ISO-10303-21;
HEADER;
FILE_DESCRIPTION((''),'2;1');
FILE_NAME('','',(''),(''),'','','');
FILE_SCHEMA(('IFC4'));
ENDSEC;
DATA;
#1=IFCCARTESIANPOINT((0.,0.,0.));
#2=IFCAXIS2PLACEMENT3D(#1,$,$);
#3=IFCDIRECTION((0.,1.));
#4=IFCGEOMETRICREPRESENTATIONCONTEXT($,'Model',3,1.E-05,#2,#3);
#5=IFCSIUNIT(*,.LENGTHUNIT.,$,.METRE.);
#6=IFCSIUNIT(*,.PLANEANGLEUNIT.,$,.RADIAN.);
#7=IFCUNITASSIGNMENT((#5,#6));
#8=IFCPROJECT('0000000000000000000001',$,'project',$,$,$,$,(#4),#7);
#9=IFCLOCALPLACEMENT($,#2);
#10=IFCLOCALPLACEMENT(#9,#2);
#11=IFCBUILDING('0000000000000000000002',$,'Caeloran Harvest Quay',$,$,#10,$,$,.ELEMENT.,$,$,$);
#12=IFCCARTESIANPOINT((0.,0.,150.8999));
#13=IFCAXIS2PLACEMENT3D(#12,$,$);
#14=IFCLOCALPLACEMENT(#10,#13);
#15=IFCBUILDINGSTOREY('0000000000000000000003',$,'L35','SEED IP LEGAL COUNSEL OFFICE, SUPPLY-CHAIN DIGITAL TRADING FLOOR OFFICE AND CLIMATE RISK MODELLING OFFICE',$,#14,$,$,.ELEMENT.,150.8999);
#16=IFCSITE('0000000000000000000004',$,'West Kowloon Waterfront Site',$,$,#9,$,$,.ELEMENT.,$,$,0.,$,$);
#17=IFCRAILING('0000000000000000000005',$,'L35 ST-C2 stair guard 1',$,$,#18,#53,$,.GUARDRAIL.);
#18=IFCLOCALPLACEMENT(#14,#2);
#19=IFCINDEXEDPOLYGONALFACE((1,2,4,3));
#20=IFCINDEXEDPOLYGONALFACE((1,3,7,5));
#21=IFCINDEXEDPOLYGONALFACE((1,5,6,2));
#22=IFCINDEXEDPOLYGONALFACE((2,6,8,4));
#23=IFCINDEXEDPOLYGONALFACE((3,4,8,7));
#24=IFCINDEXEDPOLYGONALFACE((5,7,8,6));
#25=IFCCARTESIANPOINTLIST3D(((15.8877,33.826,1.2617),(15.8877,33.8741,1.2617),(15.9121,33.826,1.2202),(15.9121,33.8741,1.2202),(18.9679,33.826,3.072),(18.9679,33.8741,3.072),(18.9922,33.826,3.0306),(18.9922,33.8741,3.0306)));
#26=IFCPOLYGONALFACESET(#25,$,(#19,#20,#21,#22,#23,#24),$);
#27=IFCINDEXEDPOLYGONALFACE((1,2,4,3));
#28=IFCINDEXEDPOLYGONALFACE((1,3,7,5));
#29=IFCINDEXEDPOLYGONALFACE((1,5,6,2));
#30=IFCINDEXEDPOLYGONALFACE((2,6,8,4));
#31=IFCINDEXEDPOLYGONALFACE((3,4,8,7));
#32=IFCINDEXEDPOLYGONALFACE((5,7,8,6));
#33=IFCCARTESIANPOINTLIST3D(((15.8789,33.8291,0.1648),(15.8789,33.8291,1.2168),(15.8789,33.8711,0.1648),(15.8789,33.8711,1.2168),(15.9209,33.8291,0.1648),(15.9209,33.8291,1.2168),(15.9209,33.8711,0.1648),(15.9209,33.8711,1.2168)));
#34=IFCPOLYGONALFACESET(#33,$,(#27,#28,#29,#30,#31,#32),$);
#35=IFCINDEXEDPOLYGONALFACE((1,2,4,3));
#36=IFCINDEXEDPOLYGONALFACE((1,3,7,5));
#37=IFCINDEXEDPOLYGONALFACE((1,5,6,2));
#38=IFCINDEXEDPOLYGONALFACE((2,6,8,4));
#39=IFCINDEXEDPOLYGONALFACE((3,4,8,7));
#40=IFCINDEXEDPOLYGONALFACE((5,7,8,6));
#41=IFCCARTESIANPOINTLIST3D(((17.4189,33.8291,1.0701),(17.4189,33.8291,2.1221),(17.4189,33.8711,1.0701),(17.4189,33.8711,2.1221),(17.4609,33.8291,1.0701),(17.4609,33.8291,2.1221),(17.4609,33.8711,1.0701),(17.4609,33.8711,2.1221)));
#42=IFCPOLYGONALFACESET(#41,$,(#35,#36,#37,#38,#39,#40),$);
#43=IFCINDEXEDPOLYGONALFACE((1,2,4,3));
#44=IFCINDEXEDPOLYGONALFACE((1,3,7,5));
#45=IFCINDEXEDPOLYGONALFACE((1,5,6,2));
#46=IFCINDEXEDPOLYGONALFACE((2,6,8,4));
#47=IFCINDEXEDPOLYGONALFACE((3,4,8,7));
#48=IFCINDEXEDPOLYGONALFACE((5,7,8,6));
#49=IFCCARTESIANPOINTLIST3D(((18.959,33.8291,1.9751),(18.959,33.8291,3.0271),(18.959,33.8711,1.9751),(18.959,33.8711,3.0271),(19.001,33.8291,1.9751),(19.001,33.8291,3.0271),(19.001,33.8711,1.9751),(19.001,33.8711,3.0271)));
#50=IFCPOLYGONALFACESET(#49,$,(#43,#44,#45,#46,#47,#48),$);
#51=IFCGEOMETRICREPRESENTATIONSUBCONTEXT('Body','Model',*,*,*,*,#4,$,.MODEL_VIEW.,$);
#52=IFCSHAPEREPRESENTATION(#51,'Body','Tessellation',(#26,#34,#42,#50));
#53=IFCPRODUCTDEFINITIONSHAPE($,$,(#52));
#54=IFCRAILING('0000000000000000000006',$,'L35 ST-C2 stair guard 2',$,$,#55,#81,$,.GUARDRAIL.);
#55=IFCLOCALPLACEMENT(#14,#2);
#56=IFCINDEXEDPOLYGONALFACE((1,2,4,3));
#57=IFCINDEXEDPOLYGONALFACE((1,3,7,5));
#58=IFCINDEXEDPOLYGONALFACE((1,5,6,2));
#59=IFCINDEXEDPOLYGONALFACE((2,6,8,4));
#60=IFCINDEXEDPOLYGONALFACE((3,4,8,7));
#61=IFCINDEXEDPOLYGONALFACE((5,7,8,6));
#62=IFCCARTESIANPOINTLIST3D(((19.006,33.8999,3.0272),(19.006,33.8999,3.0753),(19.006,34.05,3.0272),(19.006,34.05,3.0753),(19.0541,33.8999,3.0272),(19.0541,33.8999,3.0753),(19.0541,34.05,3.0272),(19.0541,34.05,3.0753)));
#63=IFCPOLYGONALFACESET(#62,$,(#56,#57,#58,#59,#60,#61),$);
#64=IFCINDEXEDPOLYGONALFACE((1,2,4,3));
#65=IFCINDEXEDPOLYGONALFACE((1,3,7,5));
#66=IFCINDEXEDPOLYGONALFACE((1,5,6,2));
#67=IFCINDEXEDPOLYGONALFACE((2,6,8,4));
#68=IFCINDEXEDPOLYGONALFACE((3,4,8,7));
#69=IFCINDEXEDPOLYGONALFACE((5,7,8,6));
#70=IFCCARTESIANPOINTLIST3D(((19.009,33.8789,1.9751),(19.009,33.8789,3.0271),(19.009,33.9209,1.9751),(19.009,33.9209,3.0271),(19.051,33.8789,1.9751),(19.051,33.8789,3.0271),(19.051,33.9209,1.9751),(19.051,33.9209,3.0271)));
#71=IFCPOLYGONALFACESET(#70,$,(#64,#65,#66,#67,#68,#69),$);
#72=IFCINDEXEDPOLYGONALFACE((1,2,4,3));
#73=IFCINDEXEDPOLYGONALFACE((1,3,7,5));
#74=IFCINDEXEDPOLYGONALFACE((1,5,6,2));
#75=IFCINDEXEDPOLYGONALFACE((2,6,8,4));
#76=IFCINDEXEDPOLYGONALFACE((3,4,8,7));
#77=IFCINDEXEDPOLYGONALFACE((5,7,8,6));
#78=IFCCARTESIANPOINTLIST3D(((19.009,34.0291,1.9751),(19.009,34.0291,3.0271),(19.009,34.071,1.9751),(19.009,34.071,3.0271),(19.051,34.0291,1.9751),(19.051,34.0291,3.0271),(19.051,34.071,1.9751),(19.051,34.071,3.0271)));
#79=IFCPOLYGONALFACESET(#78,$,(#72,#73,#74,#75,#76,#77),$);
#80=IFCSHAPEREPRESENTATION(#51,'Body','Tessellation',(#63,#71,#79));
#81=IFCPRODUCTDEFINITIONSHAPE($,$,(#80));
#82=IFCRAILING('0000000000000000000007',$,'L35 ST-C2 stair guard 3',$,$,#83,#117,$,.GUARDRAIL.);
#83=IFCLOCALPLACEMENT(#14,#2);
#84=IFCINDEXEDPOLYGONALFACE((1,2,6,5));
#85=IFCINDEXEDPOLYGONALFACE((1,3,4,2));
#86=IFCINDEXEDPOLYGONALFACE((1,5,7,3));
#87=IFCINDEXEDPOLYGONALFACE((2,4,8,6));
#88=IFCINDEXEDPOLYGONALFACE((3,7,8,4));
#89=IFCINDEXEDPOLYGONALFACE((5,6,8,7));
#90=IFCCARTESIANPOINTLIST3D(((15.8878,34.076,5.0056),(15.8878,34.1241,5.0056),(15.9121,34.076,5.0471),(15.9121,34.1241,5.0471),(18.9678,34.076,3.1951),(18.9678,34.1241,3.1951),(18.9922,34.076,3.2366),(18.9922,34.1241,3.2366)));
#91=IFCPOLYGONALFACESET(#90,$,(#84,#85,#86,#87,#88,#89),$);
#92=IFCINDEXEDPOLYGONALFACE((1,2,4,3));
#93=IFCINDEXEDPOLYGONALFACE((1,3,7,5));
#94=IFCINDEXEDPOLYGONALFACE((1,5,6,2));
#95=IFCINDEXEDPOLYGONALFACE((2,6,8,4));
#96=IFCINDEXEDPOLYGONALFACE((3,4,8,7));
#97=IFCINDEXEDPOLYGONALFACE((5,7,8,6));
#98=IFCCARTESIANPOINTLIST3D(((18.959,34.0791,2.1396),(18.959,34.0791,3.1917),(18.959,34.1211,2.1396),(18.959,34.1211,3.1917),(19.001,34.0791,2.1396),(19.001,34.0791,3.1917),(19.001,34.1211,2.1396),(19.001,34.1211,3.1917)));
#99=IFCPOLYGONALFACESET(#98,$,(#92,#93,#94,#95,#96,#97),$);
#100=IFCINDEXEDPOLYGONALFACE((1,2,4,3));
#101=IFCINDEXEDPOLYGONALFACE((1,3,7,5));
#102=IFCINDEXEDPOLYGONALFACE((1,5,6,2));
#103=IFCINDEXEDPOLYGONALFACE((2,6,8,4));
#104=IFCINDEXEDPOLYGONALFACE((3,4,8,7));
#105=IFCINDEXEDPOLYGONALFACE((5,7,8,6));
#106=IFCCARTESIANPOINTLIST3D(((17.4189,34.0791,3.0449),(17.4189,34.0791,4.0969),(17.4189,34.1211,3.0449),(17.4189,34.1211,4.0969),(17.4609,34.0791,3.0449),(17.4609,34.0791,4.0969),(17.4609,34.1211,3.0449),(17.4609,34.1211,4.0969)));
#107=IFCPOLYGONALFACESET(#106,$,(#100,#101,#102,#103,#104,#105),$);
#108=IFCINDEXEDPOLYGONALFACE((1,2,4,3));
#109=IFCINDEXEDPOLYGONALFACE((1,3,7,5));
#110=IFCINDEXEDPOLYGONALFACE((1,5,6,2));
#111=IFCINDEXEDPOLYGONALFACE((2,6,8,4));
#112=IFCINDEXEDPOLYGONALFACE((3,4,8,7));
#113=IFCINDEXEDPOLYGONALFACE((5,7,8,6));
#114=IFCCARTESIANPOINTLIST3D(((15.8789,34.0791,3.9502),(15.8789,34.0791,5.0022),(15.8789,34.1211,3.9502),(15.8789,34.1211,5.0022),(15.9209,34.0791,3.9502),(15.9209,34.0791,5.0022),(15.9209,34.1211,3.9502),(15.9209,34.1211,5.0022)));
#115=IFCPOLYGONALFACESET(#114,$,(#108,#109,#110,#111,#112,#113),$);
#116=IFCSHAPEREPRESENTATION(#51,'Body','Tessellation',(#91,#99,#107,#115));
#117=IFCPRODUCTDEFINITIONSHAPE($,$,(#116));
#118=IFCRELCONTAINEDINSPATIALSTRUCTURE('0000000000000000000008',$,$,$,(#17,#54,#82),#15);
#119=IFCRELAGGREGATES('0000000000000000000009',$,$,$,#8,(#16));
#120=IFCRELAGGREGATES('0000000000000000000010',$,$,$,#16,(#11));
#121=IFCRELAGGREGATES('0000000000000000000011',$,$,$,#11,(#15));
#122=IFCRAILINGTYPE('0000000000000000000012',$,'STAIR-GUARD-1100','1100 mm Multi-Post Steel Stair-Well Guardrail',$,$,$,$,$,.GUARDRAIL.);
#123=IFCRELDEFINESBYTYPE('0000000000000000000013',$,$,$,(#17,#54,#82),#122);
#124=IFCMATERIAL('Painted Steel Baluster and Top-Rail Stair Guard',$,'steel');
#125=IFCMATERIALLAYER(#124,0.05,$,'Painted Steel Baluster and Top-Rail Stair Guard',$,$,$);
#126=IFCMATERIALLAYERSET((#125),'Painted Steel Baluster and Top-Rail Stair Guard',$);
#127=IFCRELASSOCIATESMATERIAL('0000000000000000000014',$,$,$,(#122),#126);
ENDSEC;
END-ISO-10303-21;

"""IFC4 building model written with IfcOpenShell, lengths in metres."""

from ifc_helpers import new_model, si_unit, direction, frame, origin, origin_2d, place, context, subcontext, project, spatial, rectangle, extrude, material, layer, layer_set, type_object, element, save


model = new_model("IFC4")

# Units and contexts
model_context = context("Model", 3, precision=1e-05, world=origin(), true_north=direction((0.0, 1.0)))
body_context = subcontext(model_context, "Body", "Model", "MODEL_VIEW")
ifc_project = project(units=[si_unit("LENGTHUNIT", "METRE"), si_unit("PLANEANGLEUNIT", "RADIAN")], contexts=[model_context])

# Site, building, storey
site_placement = place(None, origin())
site = spatial("IfcSite", under=ifc_project, at=site_placement, Name="West Kowloon Waterfront Site", CompositionType="ELEMENT", RefElevation=0.0)
building_placement = place(site_placement, origin())
building = spatial("IfcBuilding", under=site, at=building_placement, Name="Caeloran Harvest Quay", CompositionType="ELEMENT")
storey_placement = place(building_placement, frame((0.0, 0.0, 150.8999)))
storey = spatial("IfcBuildingStorey", under=building, at=storey_placement, Name="L35", Description="SEED IP LEGAL COUNSEL OFFICE, SUPPLY-CHAIN DIGITAL TRADING FLOOR OFFICE AND CLIMATE RISK MODELLING OFFICE", CompositionType="ELEMENT", Elevation=150.8999)

# Railings
ifc_material_1 = material(Name="Painted Steel Baluster and Top-Rail Stair Guard", Category="steel")
ifc_layer_1 = layer(ifc_material_1, 0.05, Name="Painted Steel Baluster and Top-Rail Stair Guard")
ifc_layer_set_1 = layer_set([ifc_layer_1], Name="Painted Steel Baluster and Top-Rail Stair Guard")
railing_type_1 = type_object("IfcRailingType", Name="STAIR-GUARD-1100", Description="1100 mm Multi-Post Steel Stair-Well Guardrail", PredefinedType="GUARDRAIL", material=ifc_layer_set_1)
railing_1_placement = place(storey_placement, frame((15.8999, 33.8501, 0.1648)))
element("IfcRailing", 1, at=railing_1_placement, inside=storey, type_object=railing_type_1, Name="L35 ST-C2 stair guard 1", PredefinedType="GUARDRAIL", context=body_context, shape_type="SweptSolid", body=[
    extrude(rectangle(XDim=0.0481, YDim=0.0481, at=origin_2d()), frame((0.0, 0.0, 1.0762), z_axis=(0.862119, 0.0, 0.506707), x_axis=(0.0, 1.0, 0.0)), (0.0, 0.0, 1.0), 3.5728),
    extrude(rectangle(XDim=0.042, YDim=0.042, at=origin_2d()), origin(), (0.0, 0.0, 1.0), 1.052),
    extrude(rectangle(XDim=0.042, YDim=0.042, at=origin_2d()), frame((1.54, 0.0, 0.9053)), (0.0, 0.0, 1.0), 1.052),
    extrude(rectangle(XDim=0.042, YDim=0.042, at=origin_2d()), frame((3.0801, 0.0, 1.8103)), (0.0, 0.0, 1.0), 1.052),
])
railing_2_placement = place(storey_placement, frame((19.03, 33.8999, 1.9751)))
element("IfcRailing", 2, at=railing_2_placement, inside=storey, type_object=railing_type_1, Name="L35 ST-C2 stair guard 2", PredefinedType="GUARDRAIL", context=body_context, shape_type="SweptSolid", body=[
    extrude(rectangle(XDim=0.0481, YDim=0.0481, at=origin_2d()), frame((0.0, 0.0, 1.0762), z_axis=(0.0, 1.0, 0.0), x_axis=(-1.0, 0.0, 0.0)), (0.0, 0.0, 1.0), 0.1501),
    extrude(rectangle(XDim=0.042, YDim=0.042, at=origin_2d()), origin(), (0.0, 0.0, 1.0), 1.052),
    extrude(rectangle(XDim=0.042, YDim=0.042, at=origin_2d()), frame((0.0, 0.1501, 0.0)), (0.0, 0.0, 1.0), 1.052),
])
railing_3_placement = place(storey_placement, frame((18.98, 34.1001, 2.1396)))
element("IfcRailing", 3, at=railing_3_placement, inside=storey, type_object=railing_type_1, Name="L35 ST-C2 stair guard 3", PredefinedType="GUARDRAIL", context=body_context, shape_type="SweptSolid", body=[
    extrude(rectangle(XDim=0.0481, YDim=0.0481, at=origin_2d()), frame((0.0, 0.0, 1.0762), z_axis=(-0.862089, 0.0, 0.506757), x_axis=(0.0, -1.0, 0.0)), (0.0, 0.0, 1.0), 3.5728),
    extrude(rectangle(XDim=0.042, YDim=0.042, at=origin_2d()), origin(), (0.0, 0.0, 1.0), 1.052),
    extrude(rectangle(XDim=0.042, YDim=0.042, at=origin_2d()), frame((-1.54, 0.0, 0.9053)), (0.0, 0.0, 1.0), 1.052),
    extrude(rectangle(XDim=0.042, YDim=0.042, at=origin_2d()), frame((-3.0801, 0.0, 1.8105)), (0.0, 0.0, 1.0), 1.052),
])

save(model, "model.ifc")
